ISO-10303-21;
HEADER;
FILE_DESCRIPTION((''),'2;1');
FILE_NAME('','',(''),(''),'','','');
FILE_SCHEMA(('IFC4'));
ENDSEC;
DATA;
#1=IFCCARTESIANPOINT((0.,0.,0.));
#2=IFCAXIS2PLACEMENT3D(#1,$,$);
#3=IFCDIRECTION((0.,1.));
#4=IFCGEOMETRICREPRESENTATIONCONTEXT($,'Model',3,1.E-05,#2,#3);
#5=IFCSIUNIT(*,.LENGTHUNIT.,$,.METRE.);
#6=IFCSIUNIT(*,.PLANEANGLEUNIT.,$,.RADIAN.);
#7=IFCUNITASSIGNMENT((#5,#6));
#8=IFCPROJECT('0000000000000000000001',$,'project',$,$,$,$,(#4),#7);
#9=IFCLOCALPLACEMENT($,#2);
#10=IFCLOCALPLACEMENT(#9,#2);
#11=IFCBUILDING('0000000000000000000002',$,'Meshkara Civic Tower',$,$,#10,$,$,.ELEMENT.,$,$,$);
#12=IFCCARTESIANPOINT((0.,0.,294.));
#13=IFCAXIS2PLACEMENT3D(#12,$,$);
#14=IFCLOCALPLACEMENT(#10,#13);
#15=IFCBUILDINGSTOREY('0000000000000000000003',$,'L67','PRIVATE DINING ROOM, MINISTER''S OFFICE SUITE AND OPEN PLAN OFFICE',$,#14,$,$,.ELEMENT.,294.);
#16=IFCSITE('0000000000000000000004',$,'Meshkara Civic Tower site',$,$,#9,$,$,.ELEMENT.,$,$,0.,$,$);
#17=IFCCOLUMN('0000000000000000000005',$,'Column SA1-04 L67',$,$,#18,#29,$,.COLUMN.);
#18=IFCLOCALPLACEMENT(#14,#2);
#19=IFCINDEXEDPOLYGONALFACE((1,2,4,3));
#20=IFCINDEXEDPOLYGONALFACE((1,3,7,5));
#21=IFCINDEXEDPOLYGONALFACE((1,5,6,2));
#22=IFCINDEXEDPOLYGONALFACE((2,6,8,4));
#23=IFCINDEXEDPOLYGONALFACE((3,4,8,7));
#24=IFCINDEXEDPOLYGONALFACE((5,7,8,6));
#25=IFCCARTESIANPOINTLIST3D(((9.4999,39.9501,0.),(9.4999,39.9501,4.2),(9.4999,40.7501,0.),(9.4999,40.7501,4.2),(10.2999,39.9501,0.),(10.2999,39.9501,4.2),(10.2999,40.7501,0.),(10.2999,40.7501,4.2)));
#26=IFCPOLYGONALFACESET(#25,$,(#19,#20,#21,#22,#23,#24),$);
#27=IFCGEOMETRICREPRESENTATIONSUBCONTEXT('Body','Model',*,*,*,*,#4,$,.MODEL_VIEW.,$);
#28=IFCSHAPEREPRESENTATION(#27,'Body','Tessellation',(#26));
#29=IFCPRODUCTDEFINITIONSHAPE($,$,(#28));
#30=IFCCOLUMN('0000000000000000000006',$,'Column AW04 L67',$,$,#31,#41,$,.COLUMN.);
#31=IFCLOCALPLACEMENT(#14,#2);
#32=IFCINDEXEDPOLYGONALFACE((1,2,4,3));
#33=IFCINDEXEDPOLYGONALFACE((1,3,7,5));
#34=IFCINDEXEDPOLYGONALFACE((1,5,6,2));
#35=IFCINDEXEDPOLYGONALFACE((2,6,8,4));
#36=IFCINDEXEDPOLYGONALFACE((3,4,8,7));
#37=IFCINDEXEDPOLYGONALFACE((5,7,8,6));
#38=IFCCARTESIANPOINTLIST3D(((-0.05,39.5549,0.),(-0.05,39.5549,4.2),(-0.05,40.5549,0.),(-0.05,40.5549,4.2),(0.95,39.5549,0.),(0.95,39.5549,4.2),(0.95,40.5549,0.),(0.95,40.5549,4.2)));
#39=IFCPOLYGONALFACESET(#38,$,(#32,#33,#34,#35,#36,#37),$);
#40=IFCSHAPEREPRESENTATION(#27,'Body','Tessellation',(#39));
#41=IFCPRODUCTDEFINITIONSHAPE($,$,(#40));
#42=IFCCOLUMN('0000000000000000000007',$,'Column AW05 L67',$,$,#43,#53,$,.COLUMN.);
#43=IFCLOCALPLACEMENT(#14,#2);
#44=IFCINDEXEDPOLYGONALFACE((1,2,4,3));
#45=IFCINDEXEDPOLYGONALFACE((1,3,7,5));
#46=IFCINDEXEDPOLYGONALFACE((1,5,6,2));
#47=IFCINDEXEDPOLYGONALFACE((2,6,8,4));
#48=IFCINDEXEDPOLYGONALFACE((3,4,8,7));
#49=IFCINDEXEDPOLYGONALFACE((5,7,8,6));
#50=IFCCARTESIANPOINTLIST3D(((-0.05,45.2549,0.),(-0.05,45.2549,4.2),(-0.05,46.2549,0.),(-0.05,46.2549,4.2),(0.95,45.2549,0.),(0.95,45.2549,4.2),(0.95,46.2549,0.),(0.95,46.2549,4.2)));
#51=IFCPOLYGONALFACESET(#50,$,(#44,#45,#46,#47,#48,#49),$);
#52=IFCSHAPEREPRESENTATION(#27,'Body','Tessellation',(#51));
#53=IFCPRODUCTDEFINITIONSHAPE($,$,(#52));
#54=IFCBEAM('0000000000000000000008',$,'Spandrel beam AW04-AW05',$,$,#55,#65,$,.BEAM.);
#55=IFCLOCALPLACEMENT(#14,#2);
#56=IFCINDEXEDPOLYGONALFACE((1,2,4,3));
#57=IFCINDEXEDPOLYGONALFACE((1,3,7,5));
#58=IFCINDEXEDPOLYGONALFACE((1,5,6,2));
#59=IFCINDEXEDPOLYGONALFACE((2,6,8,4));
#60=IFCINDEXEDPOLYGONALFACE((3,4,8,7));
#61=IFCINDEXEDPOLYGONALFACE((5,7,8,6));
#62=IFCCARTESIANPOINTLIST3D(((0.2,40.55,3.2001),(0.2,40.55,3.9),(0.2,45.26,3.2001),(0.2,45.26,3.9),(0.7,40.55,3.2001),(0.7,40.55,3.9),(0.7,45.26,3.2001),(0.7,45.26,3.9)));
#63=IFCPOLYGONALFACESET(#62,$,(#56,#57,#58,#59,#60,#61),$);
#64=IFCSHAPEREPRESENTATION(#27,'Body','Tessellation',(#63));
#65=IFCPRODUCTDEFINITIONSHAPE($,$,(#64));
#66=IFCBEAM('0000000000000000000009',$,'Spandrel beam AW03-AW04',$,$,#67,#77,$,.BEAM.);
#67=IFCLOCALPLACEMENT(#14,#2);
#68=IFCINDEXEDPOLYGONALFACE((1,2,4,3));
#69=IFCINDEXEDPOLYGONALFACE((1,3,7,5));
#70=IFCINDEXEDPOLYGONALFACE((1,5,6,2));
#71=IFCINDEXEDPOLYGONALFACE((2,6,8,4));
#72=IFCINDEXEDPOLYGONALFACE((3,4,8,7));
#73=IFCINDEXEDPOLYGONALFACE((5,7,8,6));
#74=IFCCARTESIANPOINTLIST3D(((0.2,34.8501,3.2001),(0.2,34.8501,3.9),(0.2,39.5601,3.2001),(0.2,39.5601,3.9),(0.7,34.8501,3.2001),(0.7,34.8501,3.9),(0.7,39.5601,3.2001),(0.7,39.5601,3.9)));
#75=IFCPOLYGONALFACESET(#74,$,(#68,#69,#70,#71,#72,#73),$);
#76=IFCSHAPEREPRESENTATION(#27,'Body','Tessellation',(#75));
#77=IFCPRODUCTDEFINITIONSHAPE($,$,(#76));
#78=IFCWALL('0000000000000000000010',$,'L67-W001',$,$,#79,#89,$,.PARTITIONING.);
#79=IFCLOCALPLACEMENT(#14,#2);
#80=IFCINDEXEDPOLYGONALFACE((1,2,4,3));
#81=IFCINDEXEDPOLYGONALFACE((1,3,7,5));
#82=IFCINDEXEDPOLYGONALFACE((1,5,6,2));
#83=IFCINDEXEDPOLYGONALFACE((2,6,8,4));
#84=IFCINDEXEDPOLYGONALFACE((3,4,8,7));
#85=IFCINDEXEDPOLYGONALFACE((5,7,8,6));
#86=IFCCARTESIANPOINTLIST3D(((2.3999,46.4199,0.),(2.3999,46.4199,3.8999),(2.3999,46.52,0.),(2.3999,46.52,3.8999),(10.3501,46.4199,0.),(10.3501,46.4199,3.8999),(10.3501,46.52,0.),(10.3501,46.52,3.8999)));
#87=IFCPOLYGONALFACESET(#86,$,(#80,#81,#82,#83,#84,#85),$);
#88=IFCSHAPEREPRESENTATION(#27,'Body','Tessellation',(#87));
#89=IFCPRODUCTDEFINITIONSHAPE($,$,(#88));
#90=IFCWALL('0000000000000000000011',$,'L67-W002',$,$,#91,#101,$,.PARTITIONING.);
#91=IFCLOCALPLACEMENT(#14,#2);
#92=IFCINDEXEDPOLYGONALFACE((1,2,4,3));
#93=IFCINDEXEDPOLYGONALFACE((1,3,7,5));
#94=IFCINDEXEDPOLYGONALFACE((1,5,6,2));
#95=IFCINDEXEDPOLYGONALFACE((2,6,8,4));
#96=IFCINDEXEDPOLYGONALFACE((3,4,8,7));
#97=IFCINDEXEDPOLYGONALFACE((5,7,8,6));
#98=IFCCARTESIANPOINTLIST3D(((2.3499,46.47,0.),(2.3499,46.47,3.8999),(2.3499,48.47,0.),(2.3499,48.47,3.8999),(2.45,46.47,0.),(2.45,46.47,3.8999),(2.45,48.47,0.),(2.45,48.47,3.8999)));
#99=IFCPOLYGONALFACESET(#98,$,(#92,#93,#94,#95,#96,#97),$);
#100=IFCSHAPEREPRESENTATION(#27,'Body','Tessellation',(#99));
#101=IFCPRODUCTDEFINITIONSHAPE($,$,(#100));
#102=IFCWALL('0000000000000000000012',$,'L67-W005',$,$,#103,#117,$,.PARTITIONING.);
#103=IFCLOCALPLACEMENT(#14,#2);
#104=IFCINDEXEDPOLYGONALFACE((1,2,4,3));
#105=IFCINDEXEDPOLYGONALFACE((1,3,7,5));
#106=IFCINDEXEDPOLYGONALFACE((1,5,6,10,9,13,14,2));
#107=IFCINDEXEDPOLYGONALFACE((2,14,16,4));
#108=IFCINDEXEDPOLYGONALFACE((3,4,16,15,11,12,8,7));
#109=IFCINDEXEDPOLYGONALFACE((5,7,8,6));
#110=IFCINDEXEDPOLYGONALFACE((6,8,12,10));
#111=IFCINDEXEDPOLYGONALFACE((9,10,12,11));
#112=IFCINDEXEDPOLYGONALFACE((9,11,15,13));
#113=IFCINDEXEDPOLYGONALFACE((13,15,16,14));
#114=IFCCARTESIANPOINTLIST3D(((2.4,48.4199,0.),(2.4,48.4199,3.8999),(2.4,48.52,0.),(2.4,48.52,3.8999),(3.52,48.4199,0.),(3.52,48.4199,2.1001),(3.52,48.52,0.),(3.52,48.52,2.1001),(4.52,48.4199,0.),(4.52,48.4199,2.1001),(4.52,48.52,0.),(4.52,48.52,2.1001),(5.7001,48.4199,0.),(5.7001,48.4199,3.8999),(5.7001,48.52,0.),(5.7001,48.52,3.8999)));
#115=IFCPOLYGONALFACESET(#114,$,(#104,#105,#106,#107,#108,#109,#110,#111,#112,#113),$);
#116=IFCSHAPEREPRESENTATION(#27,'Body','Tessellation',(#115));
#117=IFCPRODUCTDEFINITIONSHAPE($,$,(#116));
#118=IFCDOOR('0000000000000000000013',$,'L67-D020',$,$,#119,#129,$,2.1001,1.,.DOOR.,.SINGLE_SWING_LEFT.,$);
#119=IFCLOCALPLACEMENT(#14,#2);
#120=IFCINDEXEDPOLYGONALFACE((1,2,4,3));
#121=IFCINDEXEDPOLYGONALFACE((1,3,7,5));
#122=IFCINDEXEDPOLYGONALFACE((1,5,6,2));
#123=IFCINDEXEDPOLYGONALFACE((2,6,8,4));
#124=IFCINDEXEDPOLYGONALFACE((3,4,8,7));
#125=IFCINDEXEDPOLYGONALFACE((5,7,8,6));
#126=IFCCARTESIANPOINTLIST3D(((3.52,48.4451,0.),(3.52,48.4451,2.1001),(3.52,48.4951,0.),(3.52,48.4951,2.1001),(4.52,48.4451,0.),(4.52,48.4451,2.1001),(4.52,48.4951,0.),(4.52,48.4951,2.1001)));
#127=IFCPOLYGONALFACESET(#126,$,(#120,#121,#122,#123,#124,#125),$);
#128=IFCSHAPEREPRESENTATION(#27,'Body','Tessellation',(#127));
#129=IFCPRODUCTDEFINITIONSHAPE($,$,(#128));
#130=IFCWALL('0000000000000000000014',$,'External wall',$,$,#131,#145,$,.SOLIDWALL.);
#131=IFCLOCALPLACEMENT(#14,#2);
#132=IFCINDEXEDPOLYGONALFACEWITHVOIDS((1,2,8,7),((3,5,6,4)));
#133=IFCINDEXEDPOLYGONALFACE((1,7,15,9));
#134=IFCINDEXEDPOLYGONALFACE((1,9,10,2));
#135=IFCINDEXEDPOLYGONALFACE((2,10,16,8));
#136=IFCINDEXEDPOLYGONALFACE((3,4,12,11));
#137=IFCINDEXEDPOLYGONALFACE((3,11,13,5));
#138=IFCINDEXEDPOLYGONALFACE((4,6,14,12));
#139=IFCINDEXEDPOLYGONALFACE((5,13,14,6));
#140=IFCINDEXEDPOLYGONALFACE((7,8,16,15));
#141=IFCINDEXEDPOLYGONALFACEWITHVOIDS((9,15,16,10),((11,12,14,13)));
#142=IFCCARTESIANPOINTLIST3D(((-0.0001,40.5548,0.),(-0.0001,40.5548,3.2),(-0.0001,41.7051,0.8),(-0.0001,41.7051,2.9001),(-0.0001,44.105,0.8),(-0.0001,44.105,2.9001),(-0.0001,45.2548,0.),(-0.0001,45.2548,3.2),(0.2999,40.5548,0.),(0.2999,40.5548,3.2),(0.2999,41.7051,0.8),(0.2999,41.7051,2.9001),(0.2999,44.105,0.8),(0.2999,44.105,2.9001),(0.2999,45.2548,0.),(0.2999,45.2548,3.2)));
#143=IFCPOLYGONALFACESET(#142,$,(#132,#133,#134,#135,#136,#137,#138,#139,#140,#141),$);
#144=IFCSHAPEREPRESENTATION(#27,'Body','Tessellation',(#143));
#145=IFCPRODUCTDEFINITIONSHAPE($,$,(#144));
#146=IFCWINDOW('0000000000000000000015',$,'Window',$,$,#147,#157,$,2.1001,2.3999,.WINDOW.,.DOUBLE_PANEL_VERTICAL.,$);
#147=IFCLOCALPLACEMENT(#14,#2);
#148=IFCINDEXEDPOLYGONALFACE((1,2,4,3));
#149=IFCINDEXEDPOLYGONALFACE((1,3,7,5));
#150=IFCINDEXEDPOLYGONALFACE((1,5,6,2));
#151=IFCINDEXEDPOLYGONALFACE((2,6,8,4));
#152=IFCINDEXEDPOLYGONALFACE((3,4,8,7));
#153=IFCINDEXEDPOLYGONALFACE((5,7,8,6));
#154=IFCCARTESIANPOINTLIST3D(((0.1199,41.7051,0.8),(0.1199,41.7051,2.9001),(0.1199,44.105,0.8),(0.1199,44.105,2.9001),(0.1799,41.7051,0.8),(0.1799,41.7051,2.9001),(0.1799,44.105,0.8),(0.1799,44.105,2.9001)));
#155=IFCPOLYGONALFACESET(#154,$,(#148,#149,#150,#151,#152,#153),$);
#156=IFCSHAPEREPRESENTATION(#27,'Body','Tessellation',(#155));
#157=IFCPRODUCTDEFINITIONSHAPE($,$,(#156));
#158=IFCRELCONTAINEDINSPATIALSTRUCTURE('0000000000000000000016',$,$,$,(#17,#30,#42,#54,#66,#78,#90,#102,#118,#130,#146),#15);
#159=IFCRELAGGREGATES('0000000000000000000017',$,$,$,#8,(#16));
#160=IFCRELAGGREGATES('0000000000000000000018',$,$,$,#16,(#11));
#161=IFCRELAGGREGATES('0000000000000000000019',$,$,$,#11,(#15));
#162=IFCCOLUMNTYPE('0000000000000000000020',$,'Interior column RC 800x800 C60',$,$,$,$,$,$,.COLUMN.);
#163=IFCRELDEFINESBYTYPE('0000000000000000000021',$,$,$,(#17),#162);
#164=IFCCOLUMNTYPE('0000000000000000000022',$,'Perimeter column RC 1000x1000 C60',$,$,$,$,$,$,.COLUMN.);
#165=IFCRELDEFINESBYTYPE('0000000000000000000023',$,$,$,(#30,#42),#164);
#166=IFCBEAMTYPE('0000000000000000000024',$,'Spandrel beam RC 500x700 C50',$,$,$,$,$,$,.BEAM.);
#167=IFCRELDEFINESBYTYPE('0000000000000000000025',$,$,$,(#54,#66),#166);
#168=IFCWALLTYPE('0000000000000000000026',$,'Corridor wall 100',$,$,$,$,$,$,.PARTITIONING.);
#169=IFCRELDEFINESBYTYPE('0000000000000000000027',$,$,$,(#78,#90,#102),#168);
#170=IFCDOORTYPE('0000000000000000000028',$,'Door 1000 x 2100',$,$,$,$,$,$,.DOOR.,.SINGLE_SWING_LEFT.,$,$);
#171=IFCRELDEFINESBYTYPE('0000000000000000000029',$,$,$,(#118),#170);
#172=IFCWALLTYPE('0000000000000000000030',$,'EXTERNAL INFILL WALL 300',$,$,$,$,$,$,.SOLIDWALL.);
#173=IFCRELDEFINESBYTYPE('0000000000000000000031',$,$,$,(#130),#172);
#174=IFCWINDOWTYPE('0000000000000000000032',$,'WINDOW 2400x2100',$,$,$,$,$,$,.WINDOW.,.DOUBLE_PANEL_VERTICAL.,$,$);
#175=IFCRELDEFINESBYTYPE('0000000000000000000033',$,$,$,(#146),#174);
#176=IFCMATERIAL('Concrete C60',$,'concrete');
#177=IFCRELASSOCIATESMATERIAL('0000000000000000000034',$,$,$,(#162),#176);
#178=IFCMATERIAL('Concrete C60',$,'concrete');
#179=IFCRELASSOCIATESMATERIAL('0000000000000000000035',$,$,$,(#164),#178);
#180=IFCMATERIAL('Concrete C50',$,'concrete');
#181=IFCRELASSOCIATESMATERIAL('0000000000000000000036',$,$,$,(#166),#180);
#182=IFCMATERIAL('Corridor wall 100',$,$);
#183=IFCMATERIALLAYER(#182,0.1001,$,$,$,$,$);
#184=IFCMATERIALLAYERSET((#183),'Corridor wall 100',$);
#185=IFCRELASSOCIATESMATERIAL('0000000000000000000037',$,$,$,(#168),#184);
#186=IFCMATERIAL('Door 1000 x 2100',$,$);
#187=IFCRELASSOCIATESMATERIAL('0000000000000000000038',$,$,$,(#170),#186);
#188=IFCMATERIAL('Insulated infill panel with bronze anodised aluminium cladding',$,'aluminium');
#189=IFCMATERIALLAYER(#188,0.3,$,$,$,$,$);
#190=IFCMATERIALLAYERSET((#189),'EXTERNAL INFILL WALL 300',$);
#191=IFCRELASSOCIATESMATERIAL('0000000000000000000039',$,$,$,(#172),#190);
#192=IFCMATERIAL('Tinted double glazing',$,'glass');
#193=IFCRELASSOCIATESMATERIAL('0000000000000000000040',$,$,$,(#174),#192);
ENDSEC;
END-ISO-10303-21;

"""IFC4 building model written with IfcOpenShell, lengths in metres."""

from ifc_helpers import new_model, si_unit, direction, frame, frame_2d, origin, origin_2d, place, context, subcontext, project, spatial, rectangle, extrude, material, layer, layer_set, material_profile, profile_set, type_object, element, fill, save


model = new_model("IFC4")

# Units and contexts
model_context = context("Model", 3, precision=1e-05, world=origin(), true_north=direction((0.0, 1.0)))
body_context = subcontext(model_context, "Body", "Model", "MODEL_VIEW")
ifc_project = project(units=[si_unit("LENGTHUNIT", "METRE"), si_unit("PLANEANGLEUNIT", "RADIAN")], contexts=[model_context])

# Site, building, storey
site_placement = place(None, origin())
site = spatial("IfcSite", under=ifc_project, at=site_placement, Name="Meshkara Civic Tower site", CompositionType="ELEMENT", RefElevation=0.0)
building_placement = place(site_placement, origin())
building = spatial("IfcBuilding", under=site, at=building_placement, Name="Meshkara Civic Tower", CompositionType="ELEMENT")
storey_placement = place(building_placement, frame((0.0, 0.0, 294.0)))
storey = spatial("IfcBuildingStorey", under=building, at=storey_placement, Name="L67", Description="PRIVATE DINING ROOM, MINISTER'S OFFICE SUITE AND OPEN PLAN OFFICE", CompositionType="ELEMENT", Elevation=294.0)

# Columns
ifc_material_1 = material(Name="Concrete C60", Category="concrete")
ifc_material_profile_1 = material_profile(ifc_material_1, rectangle(XDim=0.8, YDim=0.8, at=origin_2d()))
ifc_profile_set_1 = profile_set([ifc_material_profile_1], Name="Concrete C60")
column_type_1 = type_object("IfcColumnType", Name="Interior column RC 800x800 C60", PredefinedType="COLUMN", material=ifc_profile_set_1)
column_placement = place(storey_placement, frame((9.8999, 40.3501, 0.0), z_axis=(0.0, 0.0, 1.0), x_axis=(1.0, 0.0, 0.0)))
element("IfcColumn", 1, at=column_placement, inside=storey, type_object=column_type_1, Name="Column SA1-04 L67", PredefinedType="COLUMN", context=body_context, shape_type="SweptSolid", body=[
    extrude(rectangle(XDim=0.8, YDim=0.8, at=origin_2d()), origin(), (0.0, 0.0, 1.0), 4.2),
])
ifc_material_2 = material(Name="Concrete C60", Category="concrete")
ifc_material_profile_2 = material_profile(ifc_material_2, rectangle(XDim=1.0, YDim=1.0, at=origin_2d()))
ifc_profile_set_2 = profile_set([ifc_material_profile_2], Name="Concrete C60")
column_type_2 = type_object("IfcColumnType", Name="Perimeter column RC 1000x1000 C60", PredefinedType="COLUMN", material=ifc_profile_set_2)
for number, where, z_axis, x_axis, name in (
    (2, (0.45, 40.0549, 0.0), (0.0, 0.0, 1.0), (1.0, 0.0, 0.0), "Column AW04 L67"),
    (3, (0.45, 45.7549, 0.0), (0.0, 0.0, 1.0), (1.0, 0.0, 0.0), "Column AW05 L67"),
):
    element("IfcColumn", number, at=place(storey_placement, frame(where, z_axis=z_axis, x_axis=x_axis)), inside=storey, type_object=column_type_2, Name=name, PredefinedType="COLUMN", context=body_context, shape_type="SweptSolid", body=[
        extrude(rectangle(XDim=1.0, YDim=1.0, at=origin_2d()), origin(), (0.0, 0.0, 1.0), 4.2),
    ])

# Beams
ifc_material_3 = material(Name="Concrete C50", Category="concrete")
ifc_material_profile_3 = material_profile(ifc_material_3, rectangle(XDim=0.5, YDim=0.7, at=origin_2d()))
ifc_profile_set_3 = profile_set([ifc_material_profile_3], Name="Concrete C50")
beam_type = type_object("IfcBeamType", Name="Spandrel beam RC 500x700 C50", PredefinedType="BEAM", material=ifc_profile_set_3)
for number, where, z_axis, x_axis, name in (
    (4, (0.45, 45.26, 3.55), (0.0, -1.0, 0.0), (1.0, 0.0, 0.0), "Spandrel beam AW04-AW05"),
    (5, (0.45, 39.5601, 3.55), (0.0, -1.0, 0.0), (1.0, 0.0, 0.0), "Spandrel beam AW03-AW04"),
):
    element("IfcBeam", number, at=place(storey_placement, frame(where, z_axis=z_axis, x_axis=x_axis)), inside=storey, type_object=beam_type, Name=name, PredefinedType="BEAM", context=body_context, shape_type="SweptSolid", body=[
        extrude(rectangle(XDim=0.5, YDim=0.7, at=origin_2d()), origin(), (0.0, 0.0, 1.0), 4.71),
    ])

# Walls
ifc_material_4 = material(Name="Corridor wall 100")
ifc_layer_1 = layer(ifc_material_4, 0.1001)
ifc_layer_set_1 = layer_set([ifc_layer_1], Name="Corridor wall 100")
wall_type_1 = type_object("IfcWallType", Name="Corridor wall 100", PredefinedType="PARTITIONING", material=ifc_layer_set_1)
wall_1_placement = place(storey_placement, frame((2.3999, 46.47, 0.0), z_axis=(0.0, 0.0, 1.0), x_axis=(1.0, 0.0, 0.0)))
element("IfcWall", 6, at=wall_1_placement, inside=storey, type_object=wall_type_1, Name="L67-W001", PredefinedType="PARTITIONING", context=body_context, shape_type="SweptSolid", body=[
    extrude(rectangle(XDim=7.9502, YDim=0.1001, at=frame_2d((3.9751, 0.0))), origin(), (0.0, 0.0, 1.0), 3.8999),
])
wall_2_placement = place(storey_placement, frame((2.3999, 48.47, 0.0), z_axis=(0.0, 0.0, 1.0), x_axis=(0.0, -1.0, 0.0)))
element("IfcWall", 7, at=wall_2_placement, inside=storey, type_object=wall_type_1, Name="L67-W002", PredefinedType="PARTITIONING", context=body_context, shape_type="SweptSolid", body=[
    extrude(rectangle(XDim=2.0, YDim=0.1001, at=frame_2d((1.0, 0.0))), origin(), (0.0, 0.0, 1.0), 3.8999),
])

# Wall, opening, door
wall_3_placement = place(storey_placement, frame((5.7, 48.47, 0.0), z_axis=(0.0, 0.0, 1.0), x_axis=(-1.0, 0.0, 0.0)))
wall_3 = element("IfcWall", 8, at=wall_3_placement, inside=storey, type_object=wall_type_1, Name="L67-W005", PredefinedType="PARTITIONING", context=body_context, shape_type="SweptSolid", body=[
    extrude(rectangle(XDim=3.3, YDim=0.1001, at=frame_2d((1.6499, 0.0))), origin(), (0.0, 0.0, 1.0), 3.8999),
])
opening_1_placement = place(wall_3_placement, frame((1.1799, 0.0, 0.0)))
opening_1 = element("IfcOpeningElement", 9, at=opening_1_placement, cuts=wall_3, PredefinedType="OPENING", context=body_context, shape_type="SweptSolid", body=[
    extrude(rectangle(XDim=1.0, YDim=2.1001, at=frame_2d((0.5, 1.05))), frame((0.0, 0.0601, 0.0), z_axis=(0.0, -1.0, 0.0), x_axis=(1.0, 0.0, 0.0)), (0.0, 0.0, 1.0), 0.1201),
])
ifc_material_5 = material(Name="Door 1000 x 2100")
door_type_1 = type_object("IfcDoorType", Name="Door 1000 x 2100", OperationType="SINGLE_SWING_LEFT", PredefinedType="DOOR", material=ifc_material_5)
door_1_placement = place(opening_1_placement, origin())
door_1 = element("IfcDoor", 10, at=door_1_placement, inside=storey, type_object=door_type_1, Name="L67-D020", OperationType="SINGLE_SWING_LEFT", OverallHeight=2.1001, OverallWidth=1.0, PredefinedType="DOOR", context=body_context, shape_type="SweptSolid", body=[
    extrude(rectangle(XDim=1.0, YDim=2.1001, at=frame_2d((0.5, 1.05))), frame((0.0, 0.0249, 0.0), z_axis=(0.0, -1.0, 0.0), x_axis=(1.0, 0.0, 0.0)), (0.0, 0.0, 1.0), 0.05),
])
fill(opening_1, door_1)

# Wall, opening, window
ifc_material_6 = material(Name="Insulated infill panel with bronze anodised aluminium cladding", Category="aluminium")
ifc_layer_2 = layer(ifc_material_6, 0.3)
ifc_layer_set_2 = layer_set([ifc_layer_2], Name="EXTERNAL INFILL WALL 300")
wall_type_2 = type_object("IfcWallType", Name="EXTERNAL INFILL WALL 300", PredefinedType="SOLIDWALL", material=ifc_layer_set_2)
wall_4_placement = place(storey_placement, frame((0.1499, 45.2549, 0.0), z_axis=(0.0, 0.0, 1.0), x_axis=(0.0, -1.0, 0.0)))
wall_4 = element("IfcWall", 11, at=wall_4_placement, inside=storey, type_object=wall_type_2, Name="External wall", PredefinedType="SOLIDWALL", context=body_context, shape_type="SweptSolid", body=[
    extrude(rectangle(XDim=4.7, YDim=0.3, at=frame_2d((2.3501, 0.0))), origin(), (0.0, 0.0, 1.0), 3.2),
])
opening_2_placement = place(wall_4_placement, frame((1.1499, 0.0, 0.8)))
opening_2 = element("IfcOpeningElement", 12, at=opening_2_placement, cuts=wall_4, PredefinedType="OPENING", context=body_context, shape_type="SweptSolid", body=[
    extrude(rectangle(XDim=2.3999, YDim=2.1001, at=frame_2d((1.2, 1.05))), frame((0.0, 0.1599, 0.0), z_axis=(0.0, -1.0, 0.0), x_axis=(1.0, 0.0, 0.0)), (0.0, 0.0, 1.0), 0.3201),
])
ifc_material_7 = material(Name="Tinted double glazing", Category="glass")
window_type = type_object("IfcWindowType", Name="WINDOW 2400x2100", PartitioningType="DOUBLE_PANEL_VERTICAL", PredefinedType="WINDOW", material=ifc_material_7)
window_1_placement = place(opening_2_placement, origin())
window_1 = element("IfcWindow", 13, at=window_1_placement, inside=storey, type_object=window_type, Name="Window", OverallHeight=2.1001, OverallWidth=2.3999, PartitioningType="DOUBLE_PANEL_VERTICAL", PredefinedType="WINDOW", context=body_context, shape_type="SweptSolid", body=[
    extrude(rectangle(XDim=2.3999, YDim=2.1001, at=frame_2d((1.2, 1.05))), frame((0.0, 0.03, 0.0), z_axis=(0.0, -1.0, 0.0), x_axis=(1.0, 0.0, 0.0)), (0.0, 0.0, 1.0), 0.0601),
])
fill(opening_2, window_1)

save(model, "model.ifc")
